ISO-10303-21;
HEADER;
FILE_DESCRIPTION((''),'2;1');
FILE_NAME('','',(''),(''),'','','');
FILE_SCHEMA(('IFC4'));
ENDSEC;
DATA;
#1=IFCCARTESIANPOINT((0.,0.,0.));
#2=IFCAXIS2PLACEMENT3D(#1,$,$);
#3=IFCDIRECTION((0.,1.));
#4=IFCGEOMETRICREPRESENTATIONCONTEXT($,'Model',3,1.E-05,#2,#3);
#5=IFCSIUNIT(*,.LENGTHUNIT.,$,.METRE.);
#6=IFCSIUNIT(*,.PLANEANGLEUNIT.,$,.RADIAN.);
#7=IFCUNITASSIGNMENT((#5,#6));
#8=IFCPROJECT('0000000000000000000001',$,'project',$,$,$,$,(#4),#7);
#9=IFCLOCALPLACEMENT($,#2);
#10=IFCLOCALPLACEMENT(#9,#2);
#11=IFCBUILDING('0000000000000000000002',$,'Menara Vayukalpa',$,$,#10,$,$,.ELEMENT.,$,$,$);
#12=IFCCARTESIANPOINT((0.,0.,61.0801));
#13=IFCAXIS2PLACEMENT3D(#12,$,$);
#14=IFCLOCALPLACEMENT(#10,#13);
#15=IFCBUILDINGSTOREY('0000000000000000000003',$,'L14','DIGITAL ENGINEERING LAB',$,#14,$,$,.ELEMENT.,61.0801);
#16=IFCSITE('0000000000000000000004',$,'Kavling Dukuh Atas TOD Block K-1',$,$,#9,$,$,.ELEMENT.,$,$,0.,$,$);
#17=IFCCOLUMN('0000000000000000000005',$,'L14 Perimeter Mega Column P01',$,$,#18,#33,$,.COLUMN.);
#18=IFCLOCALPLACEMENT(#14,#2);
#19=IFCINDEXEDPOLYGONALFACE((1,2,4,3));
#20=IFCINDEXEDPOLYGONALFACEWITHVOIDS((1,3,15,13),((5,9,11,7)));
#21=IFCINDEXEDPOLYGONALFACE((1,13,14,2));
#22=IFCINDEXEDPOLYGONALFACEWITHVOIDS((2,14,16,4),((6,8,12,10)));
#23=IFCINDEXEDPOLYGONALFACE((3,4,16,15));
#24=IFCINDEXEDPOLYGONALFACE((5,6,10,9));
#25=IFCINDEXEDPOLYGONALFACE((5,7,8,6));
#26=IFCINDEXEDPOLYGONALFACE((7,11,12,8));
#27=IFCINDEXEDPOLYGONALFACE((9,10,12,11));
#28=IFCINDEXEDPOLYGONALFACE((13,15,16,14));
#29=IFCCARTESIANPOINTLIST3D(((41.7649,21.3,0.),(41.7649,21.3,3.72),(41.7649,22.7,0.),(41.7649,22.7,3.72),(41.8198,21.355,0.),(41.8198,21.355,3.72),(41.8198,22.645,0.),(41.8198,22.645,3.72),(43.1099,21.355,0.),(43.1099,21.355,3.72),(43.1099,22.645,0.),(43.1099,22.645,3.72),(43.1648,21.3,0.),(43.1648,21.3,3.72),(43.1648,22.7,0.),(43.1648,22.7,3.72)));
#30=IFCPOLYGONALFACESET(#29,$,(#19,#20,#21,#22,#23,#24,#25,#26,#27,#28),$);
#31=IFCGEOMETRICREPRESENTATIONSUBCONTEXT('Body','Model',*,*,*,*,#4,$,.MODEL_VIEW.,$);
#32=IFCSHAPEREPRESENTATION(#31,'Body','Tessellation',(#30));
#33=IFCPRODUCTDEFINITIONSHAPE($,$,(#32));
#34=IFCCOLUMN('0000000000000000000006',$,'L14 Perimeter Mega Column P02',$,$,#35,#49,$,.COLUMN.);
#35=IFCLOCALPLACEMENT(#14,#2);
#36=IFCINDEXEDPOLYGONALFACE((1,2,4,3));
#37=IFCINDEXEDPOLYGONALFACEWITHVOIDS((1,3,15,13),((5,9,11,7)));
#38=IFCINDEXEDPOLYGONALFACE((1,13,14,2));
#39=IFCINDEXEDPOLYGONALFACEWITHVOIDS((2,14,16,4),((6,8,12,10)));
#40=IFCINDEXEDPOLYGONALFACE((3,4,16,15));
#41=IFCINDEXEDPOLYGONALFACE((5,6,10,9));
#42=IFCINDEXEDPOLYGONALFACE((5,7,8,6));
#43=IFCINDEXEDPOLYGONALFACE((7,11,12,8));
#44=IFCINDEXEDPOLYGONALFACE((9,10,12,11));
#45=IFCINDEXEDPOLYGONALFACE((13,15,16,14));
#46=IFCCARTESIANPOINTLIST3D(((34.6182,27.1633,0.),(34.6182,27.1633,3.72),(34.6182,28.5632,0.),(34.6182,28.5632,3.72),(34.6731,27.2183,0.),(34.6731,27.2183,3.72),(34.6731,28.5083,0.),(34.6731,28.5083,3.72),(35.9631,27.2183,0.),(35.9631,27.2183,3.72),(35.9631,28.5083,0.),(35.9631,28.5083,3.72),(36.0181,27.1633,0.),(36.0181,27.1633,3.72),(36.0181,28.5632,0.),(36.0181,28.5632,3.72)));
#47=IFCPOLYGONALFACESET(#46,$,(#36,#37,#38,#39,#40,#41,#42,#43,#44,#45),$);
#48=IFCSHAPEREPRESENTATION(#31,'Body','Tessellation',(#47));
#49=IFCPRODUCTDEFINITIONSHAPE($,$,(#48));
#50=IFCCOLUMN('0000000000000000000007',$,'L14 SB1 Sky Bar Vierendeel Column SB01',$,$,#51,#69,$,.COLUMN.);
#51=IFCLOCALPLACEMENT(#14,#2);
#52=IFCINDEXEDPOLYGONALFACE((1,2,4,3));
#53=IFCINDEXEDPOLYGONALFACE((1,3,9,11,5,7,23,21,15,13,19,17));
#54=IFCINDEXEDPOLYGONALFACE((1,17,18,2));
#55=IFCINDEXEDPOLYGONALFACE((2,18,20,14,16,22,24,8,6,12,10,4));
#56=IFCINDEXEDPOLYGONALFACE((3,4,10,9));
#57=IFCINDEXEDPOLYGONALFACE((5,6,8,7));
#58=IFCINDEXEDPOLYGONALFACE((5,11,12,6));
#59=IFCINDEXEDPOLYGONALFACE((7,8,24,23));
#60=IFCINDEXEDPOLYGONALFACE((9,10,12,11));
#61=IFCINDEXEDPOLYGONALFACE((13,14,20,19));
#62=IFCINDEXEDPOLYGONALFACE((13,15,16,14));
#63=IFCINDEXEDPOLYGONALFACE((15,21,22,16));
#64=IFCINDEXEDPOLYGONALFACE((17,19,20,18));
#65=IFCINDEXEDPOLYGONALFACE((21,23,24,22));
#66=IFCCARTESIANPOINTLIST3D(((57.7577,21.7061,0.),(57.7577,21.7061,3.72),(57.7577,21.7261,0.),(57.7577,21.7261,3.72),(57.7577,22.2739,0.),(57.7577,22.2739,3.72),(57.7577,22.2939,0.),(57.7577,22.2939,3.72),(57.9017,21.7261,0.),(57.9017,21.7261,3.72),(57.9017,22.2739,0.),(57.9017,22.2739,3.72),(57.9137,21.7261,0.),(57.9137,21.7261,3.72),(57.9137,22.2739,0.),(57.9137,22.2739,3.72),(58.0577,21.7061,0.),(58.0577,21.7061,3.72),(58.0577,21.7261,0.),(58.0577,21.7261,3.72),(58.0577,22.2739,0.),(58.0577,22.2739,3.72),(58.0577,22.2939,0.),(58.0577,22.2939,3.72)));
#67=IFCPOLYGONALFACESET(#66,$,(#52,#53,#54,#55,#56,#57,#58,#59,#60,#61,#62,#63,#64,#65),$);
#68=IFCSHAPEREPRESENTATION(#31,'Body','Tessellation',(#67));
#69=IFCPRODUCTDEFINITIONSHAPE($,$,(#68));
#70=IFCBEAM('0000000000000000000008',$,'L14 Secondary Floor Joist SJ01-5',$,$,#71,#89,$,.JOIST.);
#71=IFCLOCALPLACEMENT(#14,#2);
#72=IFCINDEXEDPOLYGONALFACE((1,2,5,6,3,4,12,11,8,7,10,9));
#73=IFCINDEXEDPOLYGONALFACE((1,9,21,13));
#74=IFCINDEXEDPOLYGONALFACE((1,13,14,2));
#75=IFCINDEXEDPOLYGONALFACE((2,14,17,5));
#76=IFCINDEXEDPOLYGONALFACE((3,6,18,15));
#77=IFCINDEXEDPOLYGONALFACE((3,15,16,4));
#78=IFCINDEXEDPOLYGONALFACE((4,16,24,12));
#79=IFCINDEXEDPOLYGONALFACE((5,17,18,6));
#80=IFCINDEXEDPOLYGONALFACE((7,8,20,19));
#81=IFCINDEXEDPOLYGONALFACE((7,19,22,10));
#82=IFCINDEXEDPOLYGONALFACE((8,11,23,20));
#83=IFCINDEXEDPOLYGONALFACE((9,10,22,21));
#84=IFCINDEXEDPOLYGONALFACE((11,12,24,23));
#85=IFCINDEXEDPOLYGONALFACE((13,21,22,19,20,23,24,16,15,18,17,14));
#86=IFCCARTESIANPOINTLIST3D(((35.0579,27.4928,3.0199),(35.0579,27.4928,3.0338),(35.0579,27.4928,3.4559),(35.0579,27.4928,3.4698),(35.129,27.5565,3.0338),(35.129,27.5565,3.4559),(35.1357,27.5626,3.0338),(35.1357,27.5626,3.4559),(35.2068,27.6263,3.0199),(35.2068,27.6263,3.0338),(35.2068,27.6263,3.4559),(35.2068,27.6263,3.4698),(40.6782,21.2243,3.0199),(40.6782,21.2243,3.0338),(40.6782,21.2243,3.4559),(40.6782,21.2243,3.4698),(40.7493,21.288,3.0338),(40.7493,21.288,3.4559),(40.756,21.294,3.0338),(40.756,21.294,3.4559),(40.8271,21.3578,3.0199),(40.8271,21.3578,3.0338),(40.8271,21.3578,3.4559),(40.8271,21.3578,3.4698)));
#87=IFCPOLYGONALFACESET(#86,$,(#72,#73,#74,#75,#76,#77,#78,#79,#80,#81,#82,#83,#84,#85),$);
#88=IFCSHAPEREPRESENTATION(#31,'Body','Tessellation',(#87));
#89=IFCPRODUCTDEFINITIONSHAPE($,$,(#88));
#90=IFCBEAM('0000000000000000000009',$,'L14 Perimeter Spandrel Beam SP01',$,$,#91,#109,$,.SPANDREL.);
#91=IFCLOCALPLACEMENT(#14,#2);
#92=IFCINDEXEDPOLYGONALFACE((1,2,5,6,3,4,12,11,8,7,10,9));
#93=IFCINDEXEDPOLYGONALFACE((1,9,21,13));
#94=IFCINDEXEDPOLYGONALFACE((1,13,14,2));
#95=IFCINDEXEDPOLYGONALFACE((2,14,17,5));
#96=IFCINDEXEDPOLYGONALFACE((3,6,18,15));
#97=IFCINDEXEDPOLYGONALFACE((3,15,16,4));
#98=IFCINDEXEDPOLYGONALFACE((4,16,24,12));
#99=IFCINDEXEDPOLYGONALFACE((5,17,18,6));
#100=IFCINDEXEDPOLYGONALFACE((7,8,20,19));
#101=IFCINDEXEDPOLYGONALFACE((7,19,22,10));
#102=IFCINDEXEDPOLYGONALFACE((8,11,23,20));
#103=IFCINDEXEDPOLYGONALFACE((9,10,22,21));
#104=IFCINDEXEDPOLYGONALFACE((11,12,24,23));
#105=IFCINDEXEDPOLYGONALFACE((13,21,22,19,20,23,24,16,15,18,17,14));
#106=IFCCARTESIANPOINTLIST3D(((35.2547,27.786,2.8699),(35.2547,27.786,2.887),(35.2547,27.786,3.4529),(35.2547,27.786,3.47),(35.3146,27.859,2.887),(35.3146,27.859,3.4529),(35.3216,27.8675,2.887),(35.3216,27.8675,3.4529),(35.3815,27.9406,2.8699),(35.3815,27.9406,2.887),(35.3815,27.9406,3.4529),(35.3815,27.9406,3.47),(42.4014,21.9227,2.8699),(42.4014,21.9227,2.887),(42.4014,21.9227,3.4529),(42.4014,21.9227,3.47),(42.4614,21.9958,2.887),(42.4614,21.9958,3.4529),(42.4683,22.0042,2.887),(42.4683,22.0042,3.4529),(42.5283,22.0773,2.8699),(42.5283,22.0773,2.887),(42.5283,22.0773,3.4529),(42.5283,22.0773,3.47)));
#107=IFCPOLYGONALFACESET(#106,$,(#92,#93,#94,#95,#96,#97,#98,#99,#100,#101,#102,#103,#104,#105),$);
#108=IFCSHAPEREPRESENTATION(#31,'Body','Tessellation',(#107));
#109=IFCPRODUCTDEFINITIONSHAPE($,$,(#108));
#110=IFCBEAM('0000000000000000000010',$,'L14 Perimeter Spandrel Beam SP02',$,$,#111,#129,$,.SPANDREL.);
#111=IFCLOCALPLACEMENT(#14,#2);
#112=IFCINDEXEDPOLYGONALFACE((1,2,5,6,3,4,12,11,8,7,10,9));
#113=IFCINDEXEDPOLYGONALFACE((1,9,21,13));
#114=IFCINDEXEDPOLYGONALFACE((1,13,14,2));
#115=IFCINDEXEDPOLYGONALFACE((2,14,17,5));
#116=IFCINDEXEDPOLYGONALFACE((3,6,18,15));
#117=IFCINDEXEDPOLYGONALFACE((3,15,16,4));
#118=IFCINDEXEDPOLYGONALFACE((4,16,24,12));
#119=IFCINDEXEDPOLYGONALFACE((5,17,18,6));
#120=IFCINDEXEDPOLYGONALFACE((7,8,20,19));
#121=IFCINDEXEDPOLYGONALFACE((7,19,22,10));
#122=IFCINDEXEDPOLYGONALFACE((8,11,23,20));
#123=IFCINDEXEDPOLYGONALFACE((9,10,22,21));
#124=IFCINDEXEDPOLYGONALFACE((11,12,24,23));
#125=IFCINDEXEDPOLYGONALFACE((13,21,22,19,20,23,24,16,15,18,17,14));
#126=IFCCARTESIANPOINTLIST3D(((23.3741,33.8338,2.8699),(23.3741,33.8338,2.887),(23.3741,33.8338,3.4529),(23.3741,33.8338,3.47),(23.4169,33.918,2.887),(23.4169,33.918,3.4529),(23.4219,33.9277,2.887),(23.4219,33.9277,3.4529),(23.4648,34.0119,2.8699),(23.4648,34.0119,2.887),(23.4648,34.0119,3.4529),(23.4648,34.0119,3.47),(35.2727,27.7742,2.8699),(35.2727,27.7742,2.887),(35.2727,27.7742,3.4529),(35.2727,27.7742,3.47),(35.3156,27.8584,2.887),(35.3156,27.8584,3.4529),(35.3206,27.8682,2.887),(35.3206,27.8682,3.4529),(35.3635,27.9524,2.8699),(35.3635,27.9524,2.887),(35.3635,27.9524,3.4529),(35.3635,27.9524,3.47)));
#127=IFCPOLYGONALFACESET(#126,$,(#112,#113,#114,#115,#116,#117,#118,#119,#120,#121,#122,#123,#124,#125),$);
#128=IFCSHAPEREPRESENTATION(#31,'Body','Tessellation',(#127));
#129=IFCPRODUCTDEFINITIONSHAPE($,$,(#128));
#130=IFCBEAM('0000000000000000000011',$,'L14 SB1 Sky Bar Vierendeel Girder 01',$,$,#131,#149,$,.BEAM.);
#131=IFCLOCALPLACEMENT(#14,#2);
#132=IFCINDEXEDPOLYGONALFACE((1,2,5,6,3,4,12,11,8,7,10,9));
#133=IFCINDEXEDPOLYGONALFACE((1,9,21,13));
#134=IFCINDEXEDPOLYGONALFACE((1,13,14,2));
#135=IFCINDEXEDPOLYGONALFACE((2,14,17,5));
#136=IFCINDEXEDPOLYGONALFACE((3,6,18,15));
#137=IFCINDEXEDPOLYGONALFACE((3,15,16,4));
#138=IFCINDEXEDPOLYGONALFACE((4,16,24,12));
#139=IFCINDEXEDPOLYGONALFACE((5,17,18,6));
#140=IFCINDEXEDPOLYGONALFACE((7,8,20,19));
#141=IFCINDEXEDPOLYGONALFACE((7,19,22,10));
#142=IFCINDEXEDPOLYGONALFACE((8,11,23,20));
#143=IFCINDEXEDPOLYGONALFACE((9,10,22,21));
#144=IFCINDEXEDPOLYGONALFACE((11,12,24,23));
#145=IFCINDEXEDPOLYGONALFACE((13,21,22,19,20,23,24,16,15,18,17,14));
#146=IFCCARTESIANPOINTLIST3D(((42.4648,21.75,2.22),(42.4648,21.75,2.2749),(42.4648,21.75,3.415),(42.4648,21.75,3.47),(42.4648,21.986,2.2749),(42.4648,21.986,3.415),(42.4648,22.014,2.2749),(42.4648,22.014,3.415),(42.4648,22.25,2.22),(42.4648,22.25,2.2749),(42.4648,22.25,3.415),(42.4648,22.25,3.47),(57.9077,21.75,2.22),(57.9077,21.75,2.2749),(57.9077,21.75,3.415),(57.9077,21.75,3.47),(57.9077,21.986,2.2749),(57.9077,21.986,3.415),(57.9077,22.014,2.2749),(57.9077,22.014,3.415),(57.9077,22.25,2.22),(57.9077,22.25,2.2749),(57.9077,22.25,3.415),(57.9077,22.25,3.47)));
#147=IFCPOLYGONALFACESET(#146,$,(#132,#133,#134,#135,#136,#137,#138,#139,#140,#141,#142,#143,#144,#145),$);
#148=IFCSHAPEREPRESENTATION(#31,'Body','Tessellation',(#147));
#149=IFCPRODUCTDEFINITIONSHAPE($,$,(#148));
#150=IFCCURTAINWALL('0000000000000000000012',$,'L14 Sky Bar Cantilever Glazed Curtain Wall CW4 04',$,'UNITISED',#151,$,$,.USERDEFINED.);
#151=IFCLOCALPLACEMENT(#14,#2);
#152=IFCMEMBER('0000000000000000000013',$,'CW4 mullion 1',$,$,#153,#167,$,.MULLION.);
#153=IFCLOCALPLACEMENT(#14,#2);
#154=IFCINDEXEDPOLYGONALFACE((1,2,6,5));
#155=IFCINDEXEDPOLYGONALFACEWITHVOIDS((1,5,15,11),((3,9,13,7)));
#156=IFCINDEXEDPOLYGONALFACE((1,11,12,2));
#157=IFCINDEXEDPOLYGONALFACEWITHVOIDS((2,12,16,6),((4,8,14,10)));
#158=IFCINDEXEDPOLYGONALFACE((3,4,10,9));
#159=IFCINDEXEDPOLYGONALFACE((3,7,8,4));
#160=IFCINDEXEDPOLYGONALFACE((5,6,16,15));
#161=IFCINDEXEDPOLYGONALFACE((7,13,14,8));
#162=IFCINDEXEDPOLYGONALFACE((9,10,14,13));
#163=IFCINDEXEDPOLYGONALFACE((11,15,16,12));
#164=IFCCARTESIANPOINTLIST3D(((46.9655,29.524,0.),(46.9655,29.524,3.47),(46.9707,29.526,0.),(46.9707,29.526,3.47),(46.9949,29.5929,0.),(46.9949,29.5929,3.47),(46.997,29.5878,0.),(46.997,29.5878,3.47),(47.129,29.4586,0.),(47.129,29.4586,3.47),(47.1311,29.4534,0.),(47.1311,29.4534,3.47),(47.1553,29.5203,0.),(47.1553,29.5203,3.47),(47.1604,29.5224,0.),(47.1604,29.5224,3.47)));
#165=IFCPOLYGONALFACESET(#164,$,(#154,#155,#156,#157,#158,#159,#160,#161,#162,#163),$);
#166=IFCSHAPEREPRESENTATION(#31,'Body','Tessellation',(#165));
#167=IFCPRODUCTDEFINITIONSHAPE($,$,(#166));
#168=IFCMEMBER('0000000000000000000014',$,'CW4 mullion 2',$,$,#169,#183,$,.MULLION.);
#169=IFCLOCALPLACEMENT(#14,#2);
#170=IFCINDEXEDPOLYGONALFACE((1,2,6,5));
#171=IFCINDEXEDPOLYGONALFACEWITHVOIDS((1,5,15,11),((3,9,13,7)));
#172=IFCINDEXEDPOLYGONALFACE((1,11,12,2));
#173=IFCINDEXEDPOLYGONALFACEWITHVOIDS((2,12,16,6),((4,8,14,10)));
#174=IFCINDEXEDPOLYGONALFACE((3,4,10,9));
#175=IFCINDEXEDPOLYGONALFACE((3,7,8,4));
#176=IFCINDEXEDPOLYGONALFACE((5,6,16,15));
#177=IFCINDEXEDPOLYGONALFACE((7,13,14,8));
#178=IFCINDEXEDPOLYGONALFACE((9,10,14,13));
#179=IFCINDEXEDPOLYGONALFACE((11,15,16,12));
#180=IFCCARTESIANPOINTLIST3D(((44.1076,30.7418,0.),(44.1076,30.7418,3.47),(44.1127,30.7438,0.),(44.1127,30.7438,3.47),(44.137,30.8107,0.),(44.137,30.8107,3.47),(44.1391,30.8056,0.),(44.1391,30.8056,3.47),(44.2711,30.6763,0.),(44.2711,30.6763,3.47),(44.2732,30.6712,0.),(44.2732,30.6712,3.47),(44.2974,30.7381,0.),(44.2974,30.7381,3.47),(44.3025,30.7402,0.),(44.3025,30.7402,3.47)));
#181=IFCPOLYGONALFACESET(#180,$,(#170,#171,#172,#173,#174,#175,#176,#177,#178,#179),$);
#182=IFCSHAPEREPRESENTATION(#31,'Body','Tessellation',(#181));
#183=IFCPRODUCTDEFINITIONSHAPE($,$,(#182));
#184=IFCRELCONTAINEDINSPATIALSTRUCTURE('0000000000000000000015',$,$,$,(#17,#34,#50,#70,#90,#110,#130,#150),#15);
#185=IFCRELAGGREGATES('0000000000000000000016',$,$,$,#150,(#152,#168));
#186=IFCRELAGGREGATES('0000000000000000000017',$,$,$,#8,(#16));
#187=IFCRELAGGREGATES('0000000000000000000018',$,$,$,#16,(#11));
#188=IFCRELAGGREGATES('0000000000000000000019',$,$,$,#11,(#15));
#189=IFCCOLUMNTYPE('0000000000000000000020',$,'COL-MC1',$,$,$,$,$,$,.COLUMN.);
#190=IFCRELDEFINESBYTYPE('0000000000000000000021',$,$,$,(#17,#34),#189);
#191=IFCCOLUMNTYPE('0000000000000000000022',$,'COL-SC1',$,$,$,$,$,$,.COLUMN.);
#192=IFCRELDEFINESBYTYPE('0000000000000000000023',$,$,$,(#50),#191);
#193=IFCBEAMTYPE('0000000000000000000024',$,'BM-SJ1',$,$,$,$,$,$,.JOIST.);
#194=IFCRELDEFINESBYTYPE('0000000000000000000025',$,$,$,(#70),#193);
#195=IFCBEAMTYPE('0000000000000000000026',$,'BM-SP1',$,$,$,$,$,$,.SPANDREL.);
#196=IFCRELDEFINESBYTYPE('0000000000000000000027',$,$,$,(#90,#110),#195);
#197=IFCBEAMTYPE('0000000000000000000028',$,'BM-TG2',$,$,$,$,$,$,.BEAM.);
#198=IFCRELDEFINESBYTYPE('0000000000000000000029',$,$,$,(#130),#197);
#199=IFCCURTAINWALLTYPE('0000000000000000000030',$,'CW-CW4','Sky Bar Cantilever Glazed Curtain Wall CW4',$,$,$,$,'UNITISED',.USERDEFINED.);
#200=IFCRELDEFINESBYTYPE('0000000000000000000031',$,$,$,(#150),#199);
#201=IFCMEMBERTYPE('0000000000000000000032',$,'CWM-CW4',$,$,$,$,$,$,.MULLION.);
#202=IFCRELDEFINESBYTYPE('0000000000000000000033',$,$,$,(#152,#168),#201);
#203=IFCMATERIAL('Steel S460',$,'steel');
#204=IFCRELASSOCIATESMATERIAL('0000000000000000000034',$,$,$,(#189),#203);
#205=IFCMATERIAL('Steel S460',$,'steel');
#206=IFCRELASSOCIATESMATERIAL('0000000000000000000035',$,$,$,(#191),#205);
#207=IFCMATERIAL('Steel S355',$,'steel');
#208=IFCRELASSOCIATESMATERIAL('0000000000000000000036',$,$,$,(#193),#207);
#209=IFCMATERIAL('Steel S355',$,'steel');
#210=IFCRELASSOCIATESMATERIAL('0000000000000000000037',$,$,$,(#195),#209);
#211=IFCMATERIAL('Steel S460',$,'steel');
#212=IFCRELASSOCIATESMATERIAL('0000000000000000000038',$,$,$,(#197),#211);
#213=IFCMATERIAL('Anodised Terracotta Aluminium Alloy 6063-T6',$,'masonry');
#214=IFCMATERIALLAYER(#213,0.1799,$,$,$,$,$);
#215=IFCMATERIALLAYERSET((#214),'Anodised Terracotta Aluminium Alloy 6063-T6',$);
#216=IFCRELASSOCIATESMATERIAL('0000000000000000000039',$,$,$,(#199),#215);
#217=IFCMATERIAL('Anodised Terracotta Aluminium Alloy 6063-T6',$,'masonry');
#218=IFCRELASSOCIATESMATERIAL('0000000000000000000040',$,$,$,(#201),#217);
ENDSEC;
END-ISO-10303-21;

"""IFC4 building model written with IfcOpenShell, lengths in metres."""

from ifc_helpers import new_model, si_unit, direction, frame, origin, origin_2d, place, context, subcontext, project, spatial, hollow_rectangle, i_section, extrude, material, layer, layer_set, material_profile, profile_set, type_object, element, aggregate, save


model = new_model("IFC4")

# Units and contexts
model_context = context("Model", 3, precision=1e-05, world=origin(), true_north=direction((0.0, 1.0)))
body_context = subcontext(model_context, "Body", "Model", "MODEL_VIEW")
ifc_project = project(units=[si_unit("LENGTHUNIT", "METRE"), si_unit("PLANEANGLEUNIT", "RADIAN")], contexts=[model_context])

# Site, building, storey
site_placement = place(None, origin())
site = spatial("IfcSite", under=ifc_project, at=site_placement, Name="Kavling Dukuh Atas TOD Block K-1", CompositionType="ELEMENT", RefElevation=0.0)
building_placement = place(site_placement, origin())
building = spatial("IfcBuilding", under=site, at=building_placement, Name="Menara Vayukalpa", CompositionType="ELEMENT")
storey_placement = place(building_placement, frame((0.0, 0.0, 61.0801)))
storey = spatial("IfcBuildingStorey", under=building, at=storey_placement, Name="L14", Description="DIGITAL ENGINEERING LAB", CompositionType="ELEMENT", Elevation=61.0801)

# Columns
ifc_material_1 = material(Name="Steel S460", Category="steel")
ifc_material_profile_1 = material_profile(ifc_material_1, hollow_rectangle(XDim=1.3999, YDim=1.3999, WallThickness=0.0549, at=origin_2d()), Name="BOX 1400x1400x55")
ifc_profile_set_1 = profile_set([ifc_material_profile_1], Name="Steel S460")
column_type_1 = type_object("IfcColumnType", Name="COL-MC1", PredefinedType="COLUMN", material=ifc_profile_set_1)
for number, where, z_axis, x_axis, name in (
    (1, (42.4648, 22.0, 0.0), (0.0, 0.0, 1.0), (1.0, 0.0, 0.0), "L14 Perimeter Mega Column P01"),
    (2, (35.3181, 27.8633, 0.0), (0.0, 0.0, 1.0), (1.0, 0.0, 0.0), "L14 Perimeter Mega Column P02"),
):
    element("IfcColumn", number, at=place(storey_placement, frame(where, z_axis=z_axis, x_axis=x_axis)), inside=storey, type_object=column_type_1, Name=name, PredefinedType="COLUMN", context=body_context, shape_type="SweptSolid", body=[
        extrude(hollow_rectangle(XDim=1.3999, YDim=1.3999, WallThickness=0.0549, at=origin_2d()), origin(), (0.0, 0.0, 1.0), 3.72),
    ])
ifc_material_2 = material(Name="Steel S460", Category="steel")
ifc_material_profile_2 = material_profile(ifc_material_2, i_section(OverallWidth=0.3, OverallDepth=0.5879, WebThickness=0.012, FlangeThickness=0.02, at=origin_2d()), Name="H 588x300x12x20")
ifc_profile_set_2 = profile_set([ifc_material_profile_2], Name="Steel S460")
column_type_2 = type_object("IfcColumnType", Name="COL-SC1", PredefinedType="COLUMN", material=ifc_profile_set_2)
column_placement = place(storey_placement, frame((57.9077, 22.0, 0.0), z_axis=(0.0, 0.0, 1.0), x_axis=(1.0, 0.0, 0.0)))
element("IfcColumn", 3, at=column_placement, inside=storey, type_object=column_type_2, Name="L14 SB1 Sky Bar Vierendeel Column SB01", PredefinedType="COLUMN", context=body_context, shape_type="SweptSolid", body=[
    extrude(i_section(OverallWidth=0.3, OverallDepth=0.5879, WebThickness=0.012, FlangeThickness=0.02, at=origin_2d()), origin(), (0.0, 0.0, 1.0), 3.72),
])

# Beams
ifc_material_3 = material(Name="Steel S355", Category="steel")
ifc_material_profile_3 = material_profile(ifc_material_3, i_section(OverallWidth=0.2, OverallDepth=0.45, WebThickness=0.009, FlangeThickness=0.0139, at=origin_2d()), Name="WF 450x200x9x14")
ifc_profile_set_3 = profile_set([ifc_material_profile_3], Name="Steel S355")
beam_type_1 = type_object("IfcBeamType", Name="BM-SJ1", PredefinedType="JOIST", material=ifc_profile_set_3)
beam_1_placement = place(storey_placement, frame((40.7527, 21.291, 3.2449), z_axis=(-0.667563, 0.744553, 0.0), x_axis=(-0.744553, -0.667563, 0.0)))
element("IfcBeam", 4, at=beam_1_placement, inside=storey, type_object=beam_type_1, Name="L14 Secondary Floor Joist SJ01-5", PredefinedType="JOIST", context=body_context, shape_type="SweptSolid", body=[
    extrude(i_section(OverallWidth=0.2, OverallDepth=0.45, WebThickness=0.009, FlangeThickness=0.0139, at=origin_2d()), origin(), (0.0, 0.0, 1.0), 8.4192),
])
ifc_material_4 = material(Name="Steel S355", Category="steel")
ifc_material_profile_4 = material_profile(ifc_material_4, i_section(OverallWidth=0.2, OverallDepth=0.6001, WebThickness=0.011, FlangeThickness=0.0171, at=origin_2d()), Name="WF 600x200x11x17")
ifc_profile_set_4 = profile_set([ifc_material_profile_4], Name="Steel S355")
beam_type_2 = type_object("IfcBeamType", Name="BM-SP1", PredefinedType="SPANDREL", material=ifc_profile_set_4)
beam_2_placement = place(storey_placement, frame((42.4648, 22.0, 3.1699), z_axis=(-0.773111, 0.634271, 0.0), x_axis=(-0.634271, -0.773111, 0.0)))
element("IfcBeam", 5, at=beam_2_placement, inside=storey, type_object=beam_type_2, Name="L14 Perimeter Spandrel Beam SP01", PredefinedType="SPANDREL", context=body_context, shape_type="SweptSolid", body=[
    extrude(i_section(OverallWidth=0.2, OverallDepth=0.6001, WebThickness=0.011, FlangeThickness=0.0171, at=origin_2d()), origin(), (0.0, 0.0, 1.0), 9.2441),
])
beam_3_placement = place(storey_placement, frame((35.3181, 27.8633, 3.1699), z_axis=(-0.891101, 0.453806, 0.0), x_axis=(-0.453806, -0.891101, 0.0)))
element("IfcBeam", 6, at=beam_3_placement, inside=storey, type_object=beam_type_2, Name="L14 Perimeter Spandrel Beam SP02", PredefinedType="SPANDREL", context=body_context, shape_type="SweptSolid", body=[
    extrude(i_section(OverallWidth=0.2, OverallDepth=0.6001, WebThickness=0.011, FlangeThickness=0.0171, at=origin_2d()), origin(), (0.0, 0.0, 1.0), 13.3528),
])
ifc_material_5 = material(Name="Steel S460", Category="steel")
ifc_material_profile_5 = material_profile(ifc_material_5, i_section(OverallWidth=0.5, OverallDepth=1.25, WebThickness=0.0281, FlangeThickness=0.0549, at=origin_2d()), Name="WG 1250x500x28x55")
ifc_profile_set_5 = profile_set([ifc_material_profile_5], Name="Steel S460")
beam_type_3 = type_object("IfcBeamType", Name="BM-TG2", PredefinedType="BEAM", material=ifc_profile_set_5)
beam_4_placement = place(storey_placement, frame((42.4648, 22.0, 2.845), z_axis=(1.0, 0.0, 0.0), x_axis=(0.0, 1.0, 0.0)))
element("IfcBeam", 7, at=beam_4_placement, inside=storey, type_object=beam_type_3, Name="L14 SB1 Sky Bar Vierendeel Girder 01", PredefinedType="BEAM", context=body_context, shape_type="SweptSolid", body=[
    extrude(i_section(OverallWidth=0.5, OverallDepth=1.25, WebThickness=0.0281, FlangeThickness=0.0549, at=origin_2d()), origin(), (0.0, 0.0, 1.0), 15.4429),
])

# Curtain wall, members
ifc_material_6 = material(Name="Anodised Terracotta Aluminium Alloy 6063-T6", Category="masonry")
ifc_layer_1 = layer(ifc_material_6, 0.1799)
ifc_layer_set_1 = layer_set([ifc_layer_1], Name="Anodised Terracotta Aluminium Alloy 6063-T6")
curtain_wall_type = type_object("IfcCurtainWallType", Name="CW-CW4", Description="Sky Bar Cantilever Glazed Curtain Wall CW4", ElementType="UNITISED", PredefinedType="USERDEFINED", material=ifc_layer_set_1)
curtain_wall_1_placement = place(storey_placement, origin())
curtain_wall_1 = element("IfcCurtainWall", 8, at=curtain_wall_1_placement, inside=storey, type_object=curtain_wall_type, Name="L14 Sky Bar Cantilever Glazed Curtain Wall CW4 04", ObjectType="UNITISED", PredefinedType="USERDEFINED")
ifc_material_7 = material(Name="Anodised Terracotta Aluminium Alloy 6063-T6", Category="masonry")
ifc_material_profile_6 = material_profile(ifc_material_7, hollow_rectangle(XDim=0.075, YDim=0.1799, WallThickness=0.0039, at=origin_2d()), Name="ALU 75x180x4")
ifc_profile_set_6 = profile_set([ifc_material_profile_6], Name="Anodised Terracotta Aluminium Alloy 6063-T6")
member_type_1 = type_object("IfcMemberType", Name="CWM-CW4", PredefinedType="MULLION", material=ifc_profile_set_6)
member_1_placement = place(storey_placement, frame((47.063, 29.5232, 0.0), z_axis=(0.0, 0.0, 1.0), x_axis=(-0.392008, -0.919962, 0.0)))
member_1 = element("IfcMember", 9, at=member_1_placement, type_object=member_type_1, Name="CW4 mullion 1", PredefinedType="MULLION", context=body_context, shape_type="SweptSolid", body=[
    extrude(hollow_rectangle(XDim=0.075, YDim=0.1799, WallThickness=0.0039, at=origin_2d()), origin(), (0.0, 0.0, 1.0), 3.47),
])
member_2_placement = place(storey_placement, frame((44.2051, 30.741, 0.0), z_axis=(0.0, 0.0, 1.0), x_axis=(-0.392008, -0.919962, 0.0)))
member_2 = element("IfcMember", 10, at=member_2_placement, type_object=member_type_1, Name="CW4 mullion 2", PredefinedType="MULLION", context=body_context, shape_type="SweptSolid", body=[
    extrude(hollow_rectangle(XDim=0.075, YDim=0.1799, WallThickness=0.0039, at=origin_2d()), origin(), (0.0, 0.0, 1.0), 3.47),
])

aggregate(curtain_wall_1, [member_1, member_2])

save(model, "model.ifc")
